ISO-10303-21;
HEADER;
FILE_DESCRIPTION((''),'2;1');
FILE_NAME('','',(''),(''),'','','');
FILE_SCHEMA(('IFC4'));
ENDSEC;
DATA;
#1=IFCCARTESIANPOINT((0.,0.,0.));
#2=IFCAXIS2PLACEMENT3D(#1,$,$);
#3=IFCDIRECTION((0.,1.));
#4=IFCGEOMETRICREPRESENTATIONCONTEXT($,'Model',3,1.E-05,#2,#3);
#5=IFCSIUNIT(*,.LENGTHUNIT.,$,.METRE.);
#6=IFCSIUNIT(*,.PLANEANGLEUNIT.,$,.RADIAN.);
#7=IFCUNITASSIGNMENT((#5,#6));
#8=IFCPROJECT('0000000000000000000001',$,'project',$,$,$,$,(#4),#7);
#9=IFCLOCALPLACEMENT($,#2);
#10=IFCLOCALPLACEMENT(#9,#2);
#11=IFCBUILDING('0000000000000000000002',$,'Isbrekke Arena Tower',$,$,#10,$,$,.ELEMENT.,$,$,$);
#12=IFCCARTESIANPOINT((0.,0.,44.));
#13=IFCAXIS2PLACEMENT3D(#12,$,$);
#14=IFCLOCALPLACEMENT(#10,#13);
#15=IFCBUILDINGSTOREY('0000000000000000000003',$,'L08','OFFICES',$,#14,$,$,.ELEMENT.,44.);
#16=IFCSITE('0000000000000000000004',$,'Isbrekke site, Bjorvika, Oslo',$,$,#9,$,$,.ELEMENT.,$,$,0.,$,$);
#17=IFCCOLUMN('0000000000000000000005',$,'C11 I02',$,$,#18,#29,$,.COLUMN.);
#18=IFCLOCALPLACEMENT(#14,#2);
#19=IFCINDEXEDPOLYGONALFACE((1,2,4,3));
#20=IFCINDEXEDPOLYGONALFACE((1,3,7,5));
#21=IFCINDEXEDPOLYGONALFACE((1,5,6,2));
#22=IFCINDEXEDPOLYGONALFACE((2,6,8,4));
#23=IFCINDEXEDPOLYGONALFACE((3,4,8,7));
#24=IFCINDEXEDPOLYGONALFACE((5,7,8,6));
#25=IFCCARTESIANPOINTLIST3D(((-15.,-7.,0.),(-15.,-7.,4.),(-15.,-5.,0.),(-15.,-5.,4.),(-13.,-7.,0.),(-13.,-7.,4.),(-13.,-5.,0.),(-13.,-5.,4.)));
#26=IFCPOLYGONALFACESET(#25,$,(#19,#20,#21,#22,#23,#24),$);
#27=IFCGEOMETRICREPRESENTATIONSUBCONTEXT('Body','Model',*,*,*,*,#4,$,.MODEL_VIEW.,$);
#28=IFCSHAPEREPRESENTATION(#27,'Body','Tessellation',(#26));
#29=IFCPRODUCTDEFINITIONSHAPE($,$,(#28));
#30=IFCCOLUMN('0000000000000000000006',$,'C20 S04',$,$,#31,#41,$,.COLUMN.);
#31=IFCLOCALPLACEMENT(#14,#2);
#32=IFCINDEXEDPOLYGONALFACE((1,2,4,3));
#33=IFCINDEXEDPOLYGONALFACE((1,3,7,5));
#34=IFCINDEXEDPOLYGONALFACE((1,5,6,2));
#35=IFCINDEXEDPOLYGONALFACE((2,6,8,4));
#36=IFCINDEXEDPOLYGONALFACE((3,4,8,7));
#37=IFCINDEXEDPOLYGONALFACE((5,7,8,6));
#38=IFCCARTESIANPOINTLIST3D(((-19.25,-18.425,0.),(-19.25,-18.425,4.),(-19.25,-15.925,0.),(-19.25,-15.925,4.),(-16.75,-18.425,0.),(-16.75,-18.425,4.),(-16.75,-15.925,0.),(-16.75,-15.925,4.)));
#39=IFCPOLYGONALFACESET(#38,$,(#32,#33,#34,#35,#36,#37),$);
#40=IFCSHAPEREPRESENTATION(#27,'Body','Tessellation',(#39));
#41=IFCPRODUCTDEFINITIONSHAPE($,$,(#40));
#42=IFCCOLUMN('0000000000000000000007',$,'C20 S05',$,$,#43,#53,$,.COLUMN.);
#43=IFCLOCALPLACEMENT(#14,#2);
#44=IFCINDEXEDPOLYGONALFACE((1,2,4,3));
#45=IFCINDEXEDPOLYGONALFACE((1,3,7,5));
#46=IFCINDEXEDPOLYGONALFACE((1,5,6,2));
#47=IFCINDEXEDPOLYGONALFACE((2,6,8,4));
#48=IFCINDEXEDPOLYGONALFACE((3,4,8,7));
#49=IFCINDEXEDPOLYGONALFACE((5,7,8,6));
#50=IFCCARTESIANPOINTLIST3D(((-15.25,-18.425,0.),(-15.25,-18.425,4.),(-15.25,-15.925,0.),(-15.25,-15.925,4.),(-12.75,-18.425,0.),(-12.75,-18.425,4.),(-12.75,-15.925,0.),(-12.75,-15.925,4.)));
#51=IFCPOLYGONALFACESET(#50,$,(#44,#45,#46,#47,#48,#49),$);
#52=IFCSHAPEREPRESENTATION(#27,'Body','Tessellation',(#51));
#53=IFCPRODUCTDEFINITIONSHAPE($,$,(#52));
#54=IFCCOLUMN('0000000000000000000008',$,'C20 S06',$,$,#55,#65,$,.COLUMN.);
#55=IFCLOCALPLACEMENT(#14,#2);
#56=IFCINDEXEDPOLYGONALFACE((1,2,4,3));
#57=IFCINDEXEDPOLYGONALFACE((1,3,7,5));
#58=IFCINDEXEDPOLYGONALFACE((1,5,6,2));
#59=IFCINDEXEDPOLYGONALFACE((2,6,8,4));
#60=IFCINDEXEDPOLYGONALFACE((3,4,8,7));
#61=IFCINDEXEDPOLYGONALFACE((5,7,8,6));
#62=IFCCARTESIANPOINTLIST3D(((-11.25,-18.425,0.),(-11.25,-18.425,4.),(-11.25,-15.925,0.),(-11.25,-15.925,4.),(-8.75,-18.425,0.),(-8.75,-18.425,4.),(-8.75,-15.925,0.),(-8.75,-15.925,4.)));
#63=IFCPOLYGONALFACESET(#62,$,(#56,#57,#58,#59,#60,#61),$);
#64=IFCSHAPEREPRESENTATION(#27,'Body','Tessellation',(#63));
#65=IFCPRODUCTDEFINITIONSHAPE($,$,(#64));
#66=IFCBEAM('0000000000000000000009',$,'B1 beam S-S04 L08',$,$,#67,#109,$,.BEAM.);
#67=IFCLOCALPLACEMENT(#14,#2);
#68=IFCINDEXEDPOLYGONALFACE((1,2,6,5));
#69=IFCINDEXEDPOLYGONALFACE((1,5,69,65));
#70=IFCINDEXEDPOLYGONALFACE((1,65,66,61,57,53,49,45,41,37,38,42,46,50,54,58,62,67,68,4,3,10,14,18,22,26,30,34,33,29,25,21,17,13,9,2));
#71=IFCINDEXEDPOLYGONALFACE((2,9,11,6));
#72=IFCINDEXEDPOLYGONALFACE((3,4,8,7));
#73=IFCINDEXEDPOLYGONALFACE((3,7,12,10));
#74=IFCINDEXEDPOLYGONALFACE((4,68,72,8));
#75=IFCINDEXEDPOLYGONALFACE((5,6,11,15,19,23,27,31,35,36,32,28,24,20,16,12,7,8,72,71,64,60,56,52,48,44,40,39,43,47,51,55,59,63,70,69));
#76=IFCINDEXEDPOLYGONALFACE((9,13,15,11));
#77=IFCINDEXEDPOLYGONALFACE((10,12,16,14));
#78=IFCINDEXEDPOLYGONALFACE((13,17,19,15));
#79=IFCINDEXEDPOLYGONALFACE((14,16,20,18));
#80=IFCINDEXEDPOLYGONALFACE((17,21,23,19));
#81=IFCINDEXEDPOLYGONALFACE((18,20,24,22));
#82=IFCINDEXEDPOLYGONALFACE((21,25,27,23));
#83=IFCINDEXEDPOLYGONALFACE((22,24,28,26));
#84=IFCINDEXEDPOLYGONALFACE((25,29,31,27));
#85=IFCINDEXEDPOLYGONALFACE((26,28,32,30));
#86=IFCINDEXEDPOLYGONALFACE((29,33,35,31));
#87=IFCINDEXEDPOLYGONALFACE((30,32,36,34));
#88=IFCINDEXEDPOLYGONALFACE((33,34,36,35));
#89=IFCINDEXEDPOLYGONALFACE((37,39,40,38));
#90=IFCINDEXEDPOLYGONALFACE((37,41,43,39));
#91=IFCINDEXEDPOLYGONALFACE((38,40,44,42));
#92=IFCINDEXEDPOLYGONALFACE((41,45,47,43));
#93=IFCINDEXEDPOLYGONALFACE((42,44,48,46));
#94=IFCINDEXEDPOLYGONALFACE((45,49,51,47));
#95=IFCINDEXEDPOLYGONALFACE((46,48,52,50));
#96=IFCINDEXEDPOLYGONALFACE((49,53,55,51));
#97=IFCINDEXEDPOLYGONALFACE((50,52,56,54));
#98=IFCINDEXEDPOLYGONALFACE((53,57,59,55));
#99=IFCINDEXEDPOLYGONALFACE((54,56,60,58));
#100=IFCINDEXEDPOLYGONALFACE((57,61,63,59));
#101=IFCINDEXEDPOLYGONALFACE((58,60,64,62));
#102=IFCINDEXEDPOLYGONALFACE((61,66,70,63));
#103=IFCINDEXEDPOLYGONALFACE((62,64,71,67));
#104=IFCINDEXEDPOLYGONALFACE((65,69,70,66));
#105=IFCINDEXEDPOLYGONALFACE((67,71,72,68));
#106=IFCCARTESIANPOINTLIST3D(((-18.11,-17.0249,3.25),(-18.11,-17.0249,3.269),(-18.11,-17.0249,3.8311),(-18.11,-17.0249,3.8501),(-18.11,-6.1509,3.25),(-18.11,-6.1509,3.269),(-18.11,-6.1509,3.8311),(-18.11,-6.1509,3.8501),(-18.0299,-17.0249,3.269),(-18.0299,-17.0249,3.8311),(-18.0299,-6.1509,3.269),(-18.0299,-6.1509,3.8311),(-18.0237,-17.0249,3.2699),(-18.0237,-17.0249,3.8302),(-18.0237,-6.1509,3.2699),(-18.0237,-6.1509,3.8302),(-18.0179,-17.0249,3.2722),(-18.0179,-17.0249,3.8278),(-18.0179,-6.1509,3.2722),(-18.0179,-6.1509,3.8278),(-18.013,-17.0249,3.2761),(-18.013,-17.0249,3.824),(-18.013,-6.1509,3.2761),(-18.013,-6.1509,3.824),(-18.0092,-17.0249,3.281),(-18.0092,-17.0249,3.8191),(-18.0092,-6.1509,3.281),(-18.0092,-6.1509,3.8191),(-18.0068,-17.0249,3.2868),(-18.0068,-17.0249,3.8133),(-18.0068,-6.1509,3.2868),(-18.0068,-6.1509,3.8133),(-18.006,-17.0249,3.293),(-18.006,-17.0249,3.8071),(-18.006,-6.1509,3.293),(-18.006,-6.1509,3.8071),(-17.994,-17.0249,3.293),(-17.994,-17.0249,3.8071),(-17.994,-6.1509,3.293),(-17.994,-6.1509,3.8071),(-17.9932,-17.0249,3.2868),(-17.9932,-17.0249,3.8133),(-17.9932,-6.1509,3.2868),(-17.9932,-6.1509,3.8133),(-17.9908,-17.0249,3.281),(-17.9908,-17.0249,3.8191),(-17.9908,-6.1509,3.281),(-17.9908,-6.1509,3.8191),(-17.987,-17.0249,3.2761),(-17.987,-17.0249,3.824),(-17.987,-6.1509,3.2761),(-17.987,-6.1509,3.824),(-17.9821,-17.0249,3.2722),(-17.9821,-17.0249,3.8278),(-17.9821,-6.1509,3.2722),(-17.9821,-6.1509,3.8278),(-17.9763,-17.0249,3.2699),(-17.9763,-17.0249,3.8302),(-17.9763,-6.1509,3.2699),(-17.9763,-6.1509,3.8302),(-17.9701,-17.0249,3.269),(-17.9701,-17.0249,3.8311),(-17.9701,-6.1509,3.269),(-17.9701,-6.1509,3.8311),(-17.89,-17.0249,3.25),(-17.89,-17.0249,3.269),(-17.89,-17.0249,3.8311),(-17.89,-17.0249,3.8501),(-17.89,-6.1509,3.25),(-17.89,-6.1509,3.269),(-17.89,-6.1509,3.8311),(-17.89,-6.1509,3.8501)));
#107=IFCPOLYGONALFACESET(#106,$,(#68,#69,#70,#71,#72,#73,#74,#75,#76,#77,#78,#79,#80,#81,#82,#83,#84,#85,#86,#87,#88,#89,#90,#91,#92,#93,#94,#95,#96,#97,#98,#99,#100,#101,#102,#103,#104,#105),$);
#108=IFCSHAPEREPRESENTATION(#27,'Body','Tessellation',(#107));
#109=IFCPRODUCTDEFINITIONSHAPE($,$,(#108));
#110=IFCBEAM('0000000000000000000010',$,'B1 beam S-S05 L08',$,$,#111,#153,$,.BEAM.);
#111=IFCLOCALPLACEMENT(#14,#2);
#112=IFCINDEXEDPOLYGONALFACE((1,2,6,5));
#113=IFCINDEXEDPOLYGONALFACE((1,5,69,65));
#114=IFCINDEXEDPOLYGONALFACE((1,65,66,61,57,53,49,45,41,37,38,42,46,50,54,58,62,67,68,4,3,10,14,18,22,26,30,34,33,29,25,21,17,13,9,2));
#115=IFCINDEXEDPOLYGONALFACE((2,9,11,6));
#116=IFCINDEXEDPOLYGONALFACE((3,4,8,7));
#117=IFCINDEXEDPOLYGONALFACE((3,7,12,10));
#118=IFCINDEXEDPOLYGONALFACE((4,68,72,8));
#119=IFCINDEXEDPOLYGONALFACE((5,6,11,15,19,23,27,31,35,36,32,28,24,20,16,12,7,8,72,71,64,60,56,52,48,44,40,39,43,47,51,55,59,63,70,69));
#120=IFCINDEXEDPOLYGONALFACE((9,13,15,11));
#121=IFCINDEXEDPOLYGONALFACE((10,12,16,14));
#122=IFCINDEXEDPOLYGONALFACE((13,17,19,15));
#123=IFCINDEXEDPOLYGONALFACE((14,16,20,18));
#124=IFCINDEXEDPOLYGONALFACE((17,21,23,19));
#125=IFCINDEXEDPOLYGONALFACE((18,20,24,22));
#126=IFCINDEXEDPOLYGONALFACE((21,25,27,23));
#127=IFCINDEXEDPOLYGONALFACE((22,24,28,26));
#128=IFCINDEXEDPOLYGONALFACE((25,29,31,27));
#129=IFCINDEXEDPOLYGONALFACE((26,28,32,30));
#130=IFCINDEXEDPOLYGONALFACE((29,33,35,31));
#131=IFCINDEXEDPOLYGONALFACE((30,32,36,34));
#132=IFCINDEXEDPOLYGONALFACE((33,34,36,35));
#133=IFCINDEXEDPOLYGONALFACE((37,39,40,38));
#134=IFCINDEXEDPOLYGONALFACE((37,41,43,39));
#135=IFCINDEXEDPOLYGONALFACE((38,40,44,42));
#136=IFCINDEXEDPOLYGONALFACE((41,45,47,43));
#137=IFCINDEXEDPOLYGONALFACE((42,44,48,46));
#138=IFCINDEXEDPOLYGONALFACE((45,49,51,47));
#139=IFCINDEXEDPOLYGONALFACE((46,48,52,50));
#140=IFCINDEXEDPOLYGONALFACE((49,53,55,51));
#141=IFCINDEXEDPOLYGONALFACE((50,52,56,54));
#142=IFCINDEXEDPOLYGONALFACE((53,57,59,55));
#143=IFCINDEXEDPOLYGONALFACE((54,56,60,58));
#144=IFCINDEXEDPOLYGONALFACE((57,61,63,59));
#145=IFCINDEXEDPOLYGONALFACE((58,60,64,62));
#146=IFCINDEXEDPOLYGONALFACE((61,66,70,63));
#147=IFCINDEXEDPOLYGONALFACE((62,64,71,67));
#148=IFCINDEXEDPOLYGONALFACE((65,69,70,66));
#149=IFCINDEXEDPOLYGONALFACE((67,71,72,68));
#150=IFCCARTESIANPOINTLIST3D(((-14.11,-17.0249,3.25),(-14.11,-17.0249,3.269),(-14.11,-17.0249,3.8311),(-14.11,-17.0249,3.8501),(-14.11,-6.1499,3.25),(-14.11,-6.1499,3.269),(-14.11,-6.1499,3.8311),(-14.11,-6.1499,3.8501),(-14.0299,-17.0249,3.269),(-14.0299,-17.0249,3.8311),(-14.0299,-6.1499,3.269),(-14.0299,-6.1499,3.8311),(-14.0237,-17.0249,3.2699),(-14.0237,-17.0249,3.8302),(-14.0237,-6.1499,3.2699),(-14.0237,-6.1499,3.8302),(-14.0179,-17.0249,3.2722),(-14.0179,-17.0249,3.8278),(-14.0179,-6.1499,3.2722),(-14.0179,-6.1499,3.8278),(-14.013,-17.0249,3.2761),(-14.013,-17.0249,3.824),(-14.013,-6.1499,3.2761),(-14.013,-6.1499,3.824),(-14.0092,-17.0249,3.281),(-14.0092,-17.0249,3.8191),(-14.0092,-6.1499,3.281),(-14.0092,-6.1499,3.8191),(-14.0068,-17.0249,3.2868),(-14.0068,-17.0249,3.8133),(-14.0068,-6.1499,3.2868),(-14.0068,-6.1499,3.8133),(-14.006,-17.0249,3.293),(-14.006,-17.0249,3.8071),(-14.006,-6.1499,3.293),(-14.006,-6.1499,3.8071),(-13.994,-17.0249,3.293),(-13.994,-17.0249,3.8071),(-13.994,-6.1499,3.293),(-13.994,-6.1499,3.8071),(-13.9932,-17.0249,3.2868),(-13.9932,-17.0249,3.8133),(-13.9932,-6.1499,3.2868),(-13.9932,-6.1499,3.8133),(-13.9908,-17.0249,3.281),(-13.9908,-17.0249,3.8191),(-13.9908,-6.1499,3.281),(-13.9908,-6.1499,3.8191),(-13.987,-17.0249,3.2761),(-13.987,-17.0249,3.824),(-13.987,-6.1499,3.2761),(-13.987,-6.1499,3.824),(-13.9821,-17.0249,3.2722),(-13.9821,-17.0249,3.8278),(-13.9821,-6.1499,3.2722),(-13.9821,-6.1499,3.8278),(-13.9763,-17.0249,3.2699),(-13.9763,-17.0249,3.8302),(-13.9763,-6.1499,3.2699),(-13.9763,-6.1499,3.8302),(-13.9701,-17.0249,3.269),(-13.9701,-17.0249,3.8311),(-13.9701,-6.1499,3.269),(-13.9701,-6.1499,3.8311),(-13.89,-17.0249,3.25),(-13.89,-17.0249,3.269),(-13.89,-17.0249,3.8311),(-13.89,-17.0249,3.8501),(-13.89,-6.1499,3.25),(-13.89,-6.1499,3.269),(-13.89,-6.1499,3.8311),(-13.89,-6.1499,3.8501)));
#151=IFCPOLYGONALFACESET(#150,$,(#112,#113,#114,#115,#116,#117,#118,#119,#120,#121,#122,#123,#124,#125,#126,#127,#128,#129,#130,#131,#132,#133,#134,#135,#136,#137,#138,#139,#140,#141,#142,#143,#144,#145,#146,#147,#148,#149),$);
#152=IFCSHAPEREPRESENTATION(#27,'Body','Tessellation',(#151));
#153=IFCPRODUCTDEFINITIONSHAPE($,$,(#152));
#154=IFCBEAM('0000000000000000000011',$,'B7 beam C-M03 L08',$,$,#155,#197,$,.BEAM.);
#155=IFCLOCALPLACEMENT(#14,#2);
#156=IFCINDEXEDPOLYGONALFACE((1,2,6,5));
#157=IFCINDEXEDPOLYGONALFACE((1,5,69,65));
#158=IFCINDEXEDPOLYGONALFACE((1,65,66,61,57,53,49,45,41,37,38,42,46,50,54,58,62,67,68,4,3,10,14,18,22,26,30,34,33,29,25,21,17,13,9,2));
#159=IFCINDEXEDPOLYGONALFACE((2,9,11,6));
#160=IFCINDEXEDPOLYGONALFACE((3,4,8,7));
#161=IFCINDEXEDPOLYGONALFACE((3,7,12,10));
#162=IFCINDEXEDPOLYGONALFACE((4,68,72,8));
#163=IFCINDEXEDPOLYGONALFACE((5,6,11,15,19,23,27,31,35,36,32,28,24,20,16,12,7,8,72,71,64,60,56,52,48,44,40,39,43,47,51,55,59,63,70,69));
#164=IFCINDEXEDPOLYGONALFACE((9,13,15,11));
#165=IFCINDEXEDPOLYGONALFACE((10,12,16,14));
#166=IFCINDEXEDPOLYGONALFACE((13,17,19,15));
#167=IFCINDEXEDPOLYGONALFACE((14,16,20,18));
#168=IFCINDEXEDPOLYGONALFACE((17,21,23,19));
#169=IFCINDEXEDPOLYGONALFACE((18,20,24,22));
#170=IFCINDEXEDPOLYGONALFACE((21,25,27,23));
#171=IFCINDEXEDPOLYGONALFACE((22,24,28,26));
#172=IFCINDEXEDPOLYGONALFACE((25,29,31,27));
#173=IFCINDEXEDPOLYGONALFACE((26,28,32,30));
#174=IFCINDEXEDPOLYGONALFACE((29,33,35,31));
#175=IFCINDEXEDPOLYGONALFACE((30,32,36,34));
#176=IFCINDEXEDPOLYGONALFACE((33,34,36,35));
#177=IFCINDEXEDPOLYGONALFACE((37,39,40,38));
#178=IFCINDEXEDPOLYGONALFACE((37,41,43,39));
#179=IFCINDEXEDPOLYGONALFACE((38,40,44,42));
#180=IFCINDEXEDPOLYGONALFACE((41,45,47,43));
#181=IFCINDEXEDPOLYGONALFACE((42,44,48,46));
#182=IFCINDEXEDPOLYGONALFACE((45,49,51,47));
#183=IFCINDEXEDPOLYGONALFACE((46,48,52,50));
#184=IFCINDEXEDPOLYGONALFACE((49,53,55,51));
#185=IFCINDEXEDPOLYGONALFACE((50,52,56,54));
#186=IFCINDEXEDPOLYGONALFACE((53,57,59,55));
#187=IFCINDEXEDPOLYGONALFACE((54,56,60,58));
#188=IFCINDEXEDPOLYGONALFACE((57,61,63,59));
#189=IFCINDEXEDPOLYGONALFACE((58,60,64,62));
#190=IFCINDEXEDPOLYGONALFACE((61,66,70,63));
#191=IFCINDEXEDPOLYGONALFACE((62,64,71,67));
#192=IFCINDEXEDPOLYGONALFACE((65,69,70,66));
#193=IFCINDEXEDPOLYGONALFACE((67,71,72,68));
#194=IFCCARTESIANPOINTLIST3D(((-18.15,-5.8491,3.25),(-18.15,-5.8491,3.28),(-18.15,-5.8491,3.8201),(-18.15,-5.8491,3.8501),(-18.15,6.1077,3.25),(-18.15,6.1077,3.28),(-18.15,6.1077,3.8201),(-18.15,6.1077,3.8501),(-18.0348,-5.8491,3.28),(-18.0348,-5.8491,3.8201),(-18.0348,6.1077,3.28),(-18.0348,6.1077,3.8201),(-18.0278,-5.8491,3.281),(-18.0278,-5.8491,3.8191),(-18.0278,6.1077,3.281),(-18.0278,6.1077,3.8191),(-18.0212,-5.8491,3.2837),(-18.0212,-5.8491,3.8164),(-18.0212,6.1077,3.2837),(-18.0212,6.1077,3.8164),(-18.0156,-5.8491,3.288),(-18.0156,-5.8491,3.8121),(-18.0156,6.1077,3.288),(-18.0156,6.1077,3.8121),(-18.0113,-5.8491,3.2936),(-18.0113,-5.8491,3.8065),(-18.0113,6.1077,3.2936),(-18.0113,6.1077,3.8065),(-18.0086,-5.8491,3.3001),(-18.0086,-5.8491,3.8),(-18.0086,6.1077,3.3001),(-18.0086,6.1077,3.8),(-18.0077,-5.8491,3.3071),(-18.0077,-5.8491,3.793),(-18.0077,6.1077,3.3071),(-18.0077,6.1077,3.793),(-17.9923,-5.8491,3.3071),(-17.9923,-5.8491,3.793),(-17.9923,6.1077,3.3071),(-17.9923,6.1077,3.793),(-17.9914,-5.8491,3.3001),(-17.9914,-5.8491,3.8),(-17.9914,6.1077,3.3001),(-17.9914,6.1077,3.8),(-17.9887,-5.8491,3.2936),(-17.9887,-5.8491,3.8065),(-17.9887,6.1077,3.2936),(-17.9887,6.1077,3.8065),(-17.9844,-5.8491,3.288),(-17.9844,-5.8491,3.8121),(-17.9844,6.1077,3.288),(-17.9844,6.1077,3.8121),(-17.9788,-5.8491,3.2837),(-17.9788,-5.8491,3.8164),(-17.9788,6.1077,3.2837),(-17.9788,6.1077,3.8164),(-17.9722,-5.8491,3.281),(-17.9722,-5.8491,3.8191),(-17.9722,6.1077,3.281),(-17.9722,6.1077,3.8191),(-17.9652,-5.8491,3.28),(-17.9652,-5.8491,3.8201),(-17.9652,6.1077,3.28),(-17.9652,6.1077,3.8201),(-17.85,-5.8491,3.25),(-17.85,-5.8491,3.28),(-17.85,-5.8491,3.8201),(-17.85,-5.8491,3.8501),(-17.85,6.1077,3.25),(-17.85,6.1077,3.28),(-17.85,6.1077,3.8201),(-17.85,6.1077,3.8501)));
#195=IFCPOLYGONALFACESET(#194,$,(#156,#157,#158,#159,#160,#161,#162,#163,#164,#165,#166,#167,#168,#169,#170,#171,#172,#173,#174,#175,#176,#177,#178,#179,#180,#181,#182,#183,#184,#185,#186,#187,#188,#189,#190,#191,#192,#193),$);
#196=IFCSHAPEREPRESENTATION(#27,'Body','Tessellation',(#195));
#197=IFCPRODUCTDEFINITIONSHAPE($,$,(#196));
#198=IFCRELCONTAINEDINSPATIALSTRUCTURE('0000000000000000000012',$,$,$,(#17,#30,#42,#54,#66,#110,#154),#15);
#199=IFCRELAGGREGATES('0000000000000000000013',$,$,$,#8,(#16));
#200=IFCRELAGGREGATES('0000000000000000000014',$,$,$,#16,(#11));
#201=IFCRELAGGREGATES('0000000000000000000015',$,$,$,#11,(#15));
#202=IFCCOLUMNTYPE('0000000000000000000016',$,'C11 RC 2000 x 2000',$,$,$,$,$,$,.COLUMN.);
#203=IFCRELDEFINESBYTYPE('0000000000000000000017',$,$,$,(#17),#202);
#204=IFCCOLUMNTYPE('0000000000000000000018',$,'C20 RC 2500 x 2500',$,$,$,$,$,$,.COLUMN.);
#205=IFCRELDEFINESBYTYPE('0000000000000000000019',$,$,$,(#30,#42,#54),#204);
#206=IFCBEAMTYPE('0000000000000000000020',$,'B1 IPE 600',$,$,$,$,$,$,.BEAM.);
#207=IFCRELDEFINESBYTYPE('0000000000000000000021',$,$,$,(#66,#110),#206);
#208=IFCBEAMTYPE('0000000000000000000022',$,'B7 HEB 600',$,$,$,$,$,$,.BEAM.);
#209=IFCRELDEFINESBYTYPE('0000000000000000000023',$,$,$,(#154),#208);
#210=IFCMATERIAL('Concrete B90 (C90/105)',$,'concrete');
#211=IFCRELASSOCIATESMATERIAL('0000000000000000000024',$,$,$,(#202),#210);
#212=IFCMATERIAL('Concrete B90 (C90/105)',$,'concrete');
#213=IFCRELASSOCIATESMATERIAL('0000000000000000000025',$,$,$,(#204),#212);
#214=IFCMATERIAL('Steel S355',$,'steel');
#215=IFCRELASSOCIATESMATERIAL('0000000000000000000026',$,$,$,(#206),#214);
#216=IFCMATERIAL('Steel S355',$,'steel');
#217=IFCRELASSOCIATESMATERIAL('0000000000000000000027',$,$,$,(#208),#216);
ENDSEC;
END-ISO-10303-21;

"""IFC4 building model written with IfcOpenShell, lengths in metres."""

from ifc_helpers import new_model, si_unit, direction, frame, origin, origin_2d, place, context, subcontext, project, spatial, rectangle, i_section, extrude, material, material_profile, profile_set, type_object, element, save


model = new_model("IFC4")

# Units and contexts
model_context = context("Model", 3, precision=1e-05, world=origin(), true_north=direction((0.0, 1.0)))
body_context = subcontext(model_context, "Body", "Model", "MODEL_VIEW")
ifc_project = project(units=[si_unit("LENGTHUNIT", "METRE"), si_unit("PLANEANGLEUNIT", "RADIAN")], contexts=[model_context])

# Site, building, storey
site_placement = place(None, origin())
site = spatial("IfcSite", under=ifc_project, at=site_placement, Name="Isbrekke site, Bjorvika, Oslo", CompositionType="ELEMENT", RefElevation=0.0)
building_placement = place(site_placement, origin())
building = spatial("IfcBuilding", under=site, at=building_placement, Name="Isbrekke Arena Tower", CompositionType="ELEMENT")
storey_placement = place(building_placement, frame((0.0, 0.0, 44.0)))
storey = spatial("IfcBuildingStorey", under=building, at=storey_placement, Name="L08", Description="OFFICES", CompositionType="ELEMENT", Elevation=44.0)

# Columns
ifc_material_1 = material(Name="Concrete B90 (C90/105)", Category="concrete")
ifc_material_profile_1 = material_profile(ifc_material_1, rectangle(XDim=2.0, YDim=2.0, at=origin_2d()), Name="RC 2000x2000")
ifc_profile_set_1 = profile_set([ifc_material_profile_1], Name="Concrete B90 (C90/105)")
column_type_1 = type_object("IfcColumnType", Name="C11 RC 2000 x 2000", PredefinedType="COLUMN", material=ifc_profile_set_1)
column_placement = place(storey_placement, frame((-14.0, -6.0, 0.0), z_axis=(0.0, 0.0, 1.0), x_axis=(1.0, 0.0, 0.0)))
element("IfcColumn", 1, at=column_placement, inside=storey, type_object=column_type_1, Name="C11 I02", PredefinedType="COLUMN", context=body_context, shape_type="SweptSolid", body=[
    extrude(rectangle(XDim=2.0, YDim=2.0, at=origin_2d()), origin(), (0.0, 0.0, 1.0), 4.0),
])
ifc_material_2 = material(Name="Concrete B90 (C90/105)", Category="concrete")
ifc_material_profile_2 = material_profile(ifc_material_2, rectangle(XDim=2.5, YDim=2.5, at=origin_2d()), Name="RC 2500x2500")
ifc_profile_set_2 = profile_set([ifc_material_profile_2], Name="Concrete B90 (C90/105)")
column_type_2 = type_object("IfcColumnType", Name="C20 RC 2500 x 2500", PredefinedType="COLUMN", material=ifc_profile_set_2)
for number, where, z_axis, x_axis, name in (
    (2, (-18.0, -17.175, 0.0), (0.0, 0.0, 1.0), (1.0, 0.0, 0.0), "C20 S04"),
    (3, (-14.0, -17.175, 0.0), (0.0, 0.0, 1.0), (1.0, 0.0, 0.0), "C20 S05"),
    (4, (-10.0, -17.175, 0.0), (0.0, 0.0, 1.0), (1.0, 0.0, 0.0), "C20 S06"),
):
    element("IfcColumn", number, at=place(storey_placement, frame(where, z_axis=z_axis, x_axis=x_axis)), inside=storey, type_object=column_type_2, Name=name, PredefinedType="COLUMN", context=body_context, shape_type="SweptSolid", body=[
        extrude(rectangle(XDim=2.5, YDim=2.5, at=origin_2d()), origin(), (0.0, 0.0, 1.0), 4.0),
    ])

# Beams
ifc_material_3 = material(Name="Steel S355", Category="steel")
ifc_material_profile_3 = material_profile(ifc_material_3, i_section(OverallWidth=0.22, OverallDepth=0.6001, WebThickness=0.012, FlangeThickness=0.019, FilletRadius=0.0239, at=origin_2d()), Name="IPE 600")
ifc_profile_set_3 = profile_set([ifc_material_profile_3], Name="Steel S355")
beam_type_1 = type_object("IfcBeamType", Name="B1 IPE 600", PredefinedType="BEAM", material=ifc_profile_set_3)
beam_1_placement = place(storey_placement, frame((-18.0, -17.0249, 3.55), z_axis=(0.0, 1.0, 0.0), x_axis=(-1.0, 0.0, 0.0)))
element("IfcBeam", 5, at=beam_1_placement, inside=storey, type_object=beam_type_1, Name="B1 beam S-S04 L08", PredefinedType="BEAM", context=body_context, shape_type="SweptSolid", body=[
    extrude(i_section(OverallWidth=0.22, OverallDepth=0.6001, WebThickness=0.012, FlangeThickness=0.019, FilletRadius=0.0239, at=origin_2d()), origin(), (0.0, 0.0, 1.0), 10.874),
])
beam_2_placement = place(storey_placement, frame((-14.0, -17.0249, 3.55), z_axis=(0.0, 1.0, 0.0), x_axis=(-1.0, 0.0, 0.0)))
element("IfcBeam", 6, at=beam_2_placement, inside=storey, type_object=beam_type_1, Name="B1 beam S-S05 L08", PredefinedType="BEAM", context=body_context, shape_type="SweptSolid", body=[
    extrude(i_section(OverallWidth=0.22, OverallDepth=0.6001, WebThickness=0.012, FlangeThickness=0.019, FilletRadius=0.0239, at=origin_2d()), origin(), (0.0, 0.0, 1.0), 10.875),
])
ifc_material_4 = material(Name="Steel S355", Category="steel")
ifc_material_profile_4 = material_profile(ifc_material_4, i_section(OverallWidth=0.3, OverallDepth=0.6001, WebThickness=0.0154, FlangeThickness=0.03, FilletRadius=0.0271, at=origin_2d()), Name="HEB 600")
ifc_profile_set_4 = profile_set([ifc_material_profile_4], Name="Steel S355")
beam_type_2 = type_object("IfcBeamType", Name="B7 HEB 600", PredefinedType="BEAM", material=ifc_profile_set_4)
beam_3_placement = place(storey_placement, frame((-18.0, -5.8491, 3.55), z_axis=(0.0, 1.0, 0.0), x_axis=(-1.0, 0.0, 0.0)))
element("IfcBeam", 7, at=beam_3_placement, inside=storey, type_object=beam_type_2, Name="B7 beam C-M03 L08", PredefinedType="BEAM", context=body_context, shape_type="SweptSolid", body=[
    extrude(i_section(OverallWidth=0.3, OverallDepth=0.6001, WebThickness=0.0154, FlangeThickness=0.03, FilletRadius=0.0271, at=origin_2d()), origin(), (0.0, 0.0, 1.0), 11.9568),
])

save(model, "model.ifc")
